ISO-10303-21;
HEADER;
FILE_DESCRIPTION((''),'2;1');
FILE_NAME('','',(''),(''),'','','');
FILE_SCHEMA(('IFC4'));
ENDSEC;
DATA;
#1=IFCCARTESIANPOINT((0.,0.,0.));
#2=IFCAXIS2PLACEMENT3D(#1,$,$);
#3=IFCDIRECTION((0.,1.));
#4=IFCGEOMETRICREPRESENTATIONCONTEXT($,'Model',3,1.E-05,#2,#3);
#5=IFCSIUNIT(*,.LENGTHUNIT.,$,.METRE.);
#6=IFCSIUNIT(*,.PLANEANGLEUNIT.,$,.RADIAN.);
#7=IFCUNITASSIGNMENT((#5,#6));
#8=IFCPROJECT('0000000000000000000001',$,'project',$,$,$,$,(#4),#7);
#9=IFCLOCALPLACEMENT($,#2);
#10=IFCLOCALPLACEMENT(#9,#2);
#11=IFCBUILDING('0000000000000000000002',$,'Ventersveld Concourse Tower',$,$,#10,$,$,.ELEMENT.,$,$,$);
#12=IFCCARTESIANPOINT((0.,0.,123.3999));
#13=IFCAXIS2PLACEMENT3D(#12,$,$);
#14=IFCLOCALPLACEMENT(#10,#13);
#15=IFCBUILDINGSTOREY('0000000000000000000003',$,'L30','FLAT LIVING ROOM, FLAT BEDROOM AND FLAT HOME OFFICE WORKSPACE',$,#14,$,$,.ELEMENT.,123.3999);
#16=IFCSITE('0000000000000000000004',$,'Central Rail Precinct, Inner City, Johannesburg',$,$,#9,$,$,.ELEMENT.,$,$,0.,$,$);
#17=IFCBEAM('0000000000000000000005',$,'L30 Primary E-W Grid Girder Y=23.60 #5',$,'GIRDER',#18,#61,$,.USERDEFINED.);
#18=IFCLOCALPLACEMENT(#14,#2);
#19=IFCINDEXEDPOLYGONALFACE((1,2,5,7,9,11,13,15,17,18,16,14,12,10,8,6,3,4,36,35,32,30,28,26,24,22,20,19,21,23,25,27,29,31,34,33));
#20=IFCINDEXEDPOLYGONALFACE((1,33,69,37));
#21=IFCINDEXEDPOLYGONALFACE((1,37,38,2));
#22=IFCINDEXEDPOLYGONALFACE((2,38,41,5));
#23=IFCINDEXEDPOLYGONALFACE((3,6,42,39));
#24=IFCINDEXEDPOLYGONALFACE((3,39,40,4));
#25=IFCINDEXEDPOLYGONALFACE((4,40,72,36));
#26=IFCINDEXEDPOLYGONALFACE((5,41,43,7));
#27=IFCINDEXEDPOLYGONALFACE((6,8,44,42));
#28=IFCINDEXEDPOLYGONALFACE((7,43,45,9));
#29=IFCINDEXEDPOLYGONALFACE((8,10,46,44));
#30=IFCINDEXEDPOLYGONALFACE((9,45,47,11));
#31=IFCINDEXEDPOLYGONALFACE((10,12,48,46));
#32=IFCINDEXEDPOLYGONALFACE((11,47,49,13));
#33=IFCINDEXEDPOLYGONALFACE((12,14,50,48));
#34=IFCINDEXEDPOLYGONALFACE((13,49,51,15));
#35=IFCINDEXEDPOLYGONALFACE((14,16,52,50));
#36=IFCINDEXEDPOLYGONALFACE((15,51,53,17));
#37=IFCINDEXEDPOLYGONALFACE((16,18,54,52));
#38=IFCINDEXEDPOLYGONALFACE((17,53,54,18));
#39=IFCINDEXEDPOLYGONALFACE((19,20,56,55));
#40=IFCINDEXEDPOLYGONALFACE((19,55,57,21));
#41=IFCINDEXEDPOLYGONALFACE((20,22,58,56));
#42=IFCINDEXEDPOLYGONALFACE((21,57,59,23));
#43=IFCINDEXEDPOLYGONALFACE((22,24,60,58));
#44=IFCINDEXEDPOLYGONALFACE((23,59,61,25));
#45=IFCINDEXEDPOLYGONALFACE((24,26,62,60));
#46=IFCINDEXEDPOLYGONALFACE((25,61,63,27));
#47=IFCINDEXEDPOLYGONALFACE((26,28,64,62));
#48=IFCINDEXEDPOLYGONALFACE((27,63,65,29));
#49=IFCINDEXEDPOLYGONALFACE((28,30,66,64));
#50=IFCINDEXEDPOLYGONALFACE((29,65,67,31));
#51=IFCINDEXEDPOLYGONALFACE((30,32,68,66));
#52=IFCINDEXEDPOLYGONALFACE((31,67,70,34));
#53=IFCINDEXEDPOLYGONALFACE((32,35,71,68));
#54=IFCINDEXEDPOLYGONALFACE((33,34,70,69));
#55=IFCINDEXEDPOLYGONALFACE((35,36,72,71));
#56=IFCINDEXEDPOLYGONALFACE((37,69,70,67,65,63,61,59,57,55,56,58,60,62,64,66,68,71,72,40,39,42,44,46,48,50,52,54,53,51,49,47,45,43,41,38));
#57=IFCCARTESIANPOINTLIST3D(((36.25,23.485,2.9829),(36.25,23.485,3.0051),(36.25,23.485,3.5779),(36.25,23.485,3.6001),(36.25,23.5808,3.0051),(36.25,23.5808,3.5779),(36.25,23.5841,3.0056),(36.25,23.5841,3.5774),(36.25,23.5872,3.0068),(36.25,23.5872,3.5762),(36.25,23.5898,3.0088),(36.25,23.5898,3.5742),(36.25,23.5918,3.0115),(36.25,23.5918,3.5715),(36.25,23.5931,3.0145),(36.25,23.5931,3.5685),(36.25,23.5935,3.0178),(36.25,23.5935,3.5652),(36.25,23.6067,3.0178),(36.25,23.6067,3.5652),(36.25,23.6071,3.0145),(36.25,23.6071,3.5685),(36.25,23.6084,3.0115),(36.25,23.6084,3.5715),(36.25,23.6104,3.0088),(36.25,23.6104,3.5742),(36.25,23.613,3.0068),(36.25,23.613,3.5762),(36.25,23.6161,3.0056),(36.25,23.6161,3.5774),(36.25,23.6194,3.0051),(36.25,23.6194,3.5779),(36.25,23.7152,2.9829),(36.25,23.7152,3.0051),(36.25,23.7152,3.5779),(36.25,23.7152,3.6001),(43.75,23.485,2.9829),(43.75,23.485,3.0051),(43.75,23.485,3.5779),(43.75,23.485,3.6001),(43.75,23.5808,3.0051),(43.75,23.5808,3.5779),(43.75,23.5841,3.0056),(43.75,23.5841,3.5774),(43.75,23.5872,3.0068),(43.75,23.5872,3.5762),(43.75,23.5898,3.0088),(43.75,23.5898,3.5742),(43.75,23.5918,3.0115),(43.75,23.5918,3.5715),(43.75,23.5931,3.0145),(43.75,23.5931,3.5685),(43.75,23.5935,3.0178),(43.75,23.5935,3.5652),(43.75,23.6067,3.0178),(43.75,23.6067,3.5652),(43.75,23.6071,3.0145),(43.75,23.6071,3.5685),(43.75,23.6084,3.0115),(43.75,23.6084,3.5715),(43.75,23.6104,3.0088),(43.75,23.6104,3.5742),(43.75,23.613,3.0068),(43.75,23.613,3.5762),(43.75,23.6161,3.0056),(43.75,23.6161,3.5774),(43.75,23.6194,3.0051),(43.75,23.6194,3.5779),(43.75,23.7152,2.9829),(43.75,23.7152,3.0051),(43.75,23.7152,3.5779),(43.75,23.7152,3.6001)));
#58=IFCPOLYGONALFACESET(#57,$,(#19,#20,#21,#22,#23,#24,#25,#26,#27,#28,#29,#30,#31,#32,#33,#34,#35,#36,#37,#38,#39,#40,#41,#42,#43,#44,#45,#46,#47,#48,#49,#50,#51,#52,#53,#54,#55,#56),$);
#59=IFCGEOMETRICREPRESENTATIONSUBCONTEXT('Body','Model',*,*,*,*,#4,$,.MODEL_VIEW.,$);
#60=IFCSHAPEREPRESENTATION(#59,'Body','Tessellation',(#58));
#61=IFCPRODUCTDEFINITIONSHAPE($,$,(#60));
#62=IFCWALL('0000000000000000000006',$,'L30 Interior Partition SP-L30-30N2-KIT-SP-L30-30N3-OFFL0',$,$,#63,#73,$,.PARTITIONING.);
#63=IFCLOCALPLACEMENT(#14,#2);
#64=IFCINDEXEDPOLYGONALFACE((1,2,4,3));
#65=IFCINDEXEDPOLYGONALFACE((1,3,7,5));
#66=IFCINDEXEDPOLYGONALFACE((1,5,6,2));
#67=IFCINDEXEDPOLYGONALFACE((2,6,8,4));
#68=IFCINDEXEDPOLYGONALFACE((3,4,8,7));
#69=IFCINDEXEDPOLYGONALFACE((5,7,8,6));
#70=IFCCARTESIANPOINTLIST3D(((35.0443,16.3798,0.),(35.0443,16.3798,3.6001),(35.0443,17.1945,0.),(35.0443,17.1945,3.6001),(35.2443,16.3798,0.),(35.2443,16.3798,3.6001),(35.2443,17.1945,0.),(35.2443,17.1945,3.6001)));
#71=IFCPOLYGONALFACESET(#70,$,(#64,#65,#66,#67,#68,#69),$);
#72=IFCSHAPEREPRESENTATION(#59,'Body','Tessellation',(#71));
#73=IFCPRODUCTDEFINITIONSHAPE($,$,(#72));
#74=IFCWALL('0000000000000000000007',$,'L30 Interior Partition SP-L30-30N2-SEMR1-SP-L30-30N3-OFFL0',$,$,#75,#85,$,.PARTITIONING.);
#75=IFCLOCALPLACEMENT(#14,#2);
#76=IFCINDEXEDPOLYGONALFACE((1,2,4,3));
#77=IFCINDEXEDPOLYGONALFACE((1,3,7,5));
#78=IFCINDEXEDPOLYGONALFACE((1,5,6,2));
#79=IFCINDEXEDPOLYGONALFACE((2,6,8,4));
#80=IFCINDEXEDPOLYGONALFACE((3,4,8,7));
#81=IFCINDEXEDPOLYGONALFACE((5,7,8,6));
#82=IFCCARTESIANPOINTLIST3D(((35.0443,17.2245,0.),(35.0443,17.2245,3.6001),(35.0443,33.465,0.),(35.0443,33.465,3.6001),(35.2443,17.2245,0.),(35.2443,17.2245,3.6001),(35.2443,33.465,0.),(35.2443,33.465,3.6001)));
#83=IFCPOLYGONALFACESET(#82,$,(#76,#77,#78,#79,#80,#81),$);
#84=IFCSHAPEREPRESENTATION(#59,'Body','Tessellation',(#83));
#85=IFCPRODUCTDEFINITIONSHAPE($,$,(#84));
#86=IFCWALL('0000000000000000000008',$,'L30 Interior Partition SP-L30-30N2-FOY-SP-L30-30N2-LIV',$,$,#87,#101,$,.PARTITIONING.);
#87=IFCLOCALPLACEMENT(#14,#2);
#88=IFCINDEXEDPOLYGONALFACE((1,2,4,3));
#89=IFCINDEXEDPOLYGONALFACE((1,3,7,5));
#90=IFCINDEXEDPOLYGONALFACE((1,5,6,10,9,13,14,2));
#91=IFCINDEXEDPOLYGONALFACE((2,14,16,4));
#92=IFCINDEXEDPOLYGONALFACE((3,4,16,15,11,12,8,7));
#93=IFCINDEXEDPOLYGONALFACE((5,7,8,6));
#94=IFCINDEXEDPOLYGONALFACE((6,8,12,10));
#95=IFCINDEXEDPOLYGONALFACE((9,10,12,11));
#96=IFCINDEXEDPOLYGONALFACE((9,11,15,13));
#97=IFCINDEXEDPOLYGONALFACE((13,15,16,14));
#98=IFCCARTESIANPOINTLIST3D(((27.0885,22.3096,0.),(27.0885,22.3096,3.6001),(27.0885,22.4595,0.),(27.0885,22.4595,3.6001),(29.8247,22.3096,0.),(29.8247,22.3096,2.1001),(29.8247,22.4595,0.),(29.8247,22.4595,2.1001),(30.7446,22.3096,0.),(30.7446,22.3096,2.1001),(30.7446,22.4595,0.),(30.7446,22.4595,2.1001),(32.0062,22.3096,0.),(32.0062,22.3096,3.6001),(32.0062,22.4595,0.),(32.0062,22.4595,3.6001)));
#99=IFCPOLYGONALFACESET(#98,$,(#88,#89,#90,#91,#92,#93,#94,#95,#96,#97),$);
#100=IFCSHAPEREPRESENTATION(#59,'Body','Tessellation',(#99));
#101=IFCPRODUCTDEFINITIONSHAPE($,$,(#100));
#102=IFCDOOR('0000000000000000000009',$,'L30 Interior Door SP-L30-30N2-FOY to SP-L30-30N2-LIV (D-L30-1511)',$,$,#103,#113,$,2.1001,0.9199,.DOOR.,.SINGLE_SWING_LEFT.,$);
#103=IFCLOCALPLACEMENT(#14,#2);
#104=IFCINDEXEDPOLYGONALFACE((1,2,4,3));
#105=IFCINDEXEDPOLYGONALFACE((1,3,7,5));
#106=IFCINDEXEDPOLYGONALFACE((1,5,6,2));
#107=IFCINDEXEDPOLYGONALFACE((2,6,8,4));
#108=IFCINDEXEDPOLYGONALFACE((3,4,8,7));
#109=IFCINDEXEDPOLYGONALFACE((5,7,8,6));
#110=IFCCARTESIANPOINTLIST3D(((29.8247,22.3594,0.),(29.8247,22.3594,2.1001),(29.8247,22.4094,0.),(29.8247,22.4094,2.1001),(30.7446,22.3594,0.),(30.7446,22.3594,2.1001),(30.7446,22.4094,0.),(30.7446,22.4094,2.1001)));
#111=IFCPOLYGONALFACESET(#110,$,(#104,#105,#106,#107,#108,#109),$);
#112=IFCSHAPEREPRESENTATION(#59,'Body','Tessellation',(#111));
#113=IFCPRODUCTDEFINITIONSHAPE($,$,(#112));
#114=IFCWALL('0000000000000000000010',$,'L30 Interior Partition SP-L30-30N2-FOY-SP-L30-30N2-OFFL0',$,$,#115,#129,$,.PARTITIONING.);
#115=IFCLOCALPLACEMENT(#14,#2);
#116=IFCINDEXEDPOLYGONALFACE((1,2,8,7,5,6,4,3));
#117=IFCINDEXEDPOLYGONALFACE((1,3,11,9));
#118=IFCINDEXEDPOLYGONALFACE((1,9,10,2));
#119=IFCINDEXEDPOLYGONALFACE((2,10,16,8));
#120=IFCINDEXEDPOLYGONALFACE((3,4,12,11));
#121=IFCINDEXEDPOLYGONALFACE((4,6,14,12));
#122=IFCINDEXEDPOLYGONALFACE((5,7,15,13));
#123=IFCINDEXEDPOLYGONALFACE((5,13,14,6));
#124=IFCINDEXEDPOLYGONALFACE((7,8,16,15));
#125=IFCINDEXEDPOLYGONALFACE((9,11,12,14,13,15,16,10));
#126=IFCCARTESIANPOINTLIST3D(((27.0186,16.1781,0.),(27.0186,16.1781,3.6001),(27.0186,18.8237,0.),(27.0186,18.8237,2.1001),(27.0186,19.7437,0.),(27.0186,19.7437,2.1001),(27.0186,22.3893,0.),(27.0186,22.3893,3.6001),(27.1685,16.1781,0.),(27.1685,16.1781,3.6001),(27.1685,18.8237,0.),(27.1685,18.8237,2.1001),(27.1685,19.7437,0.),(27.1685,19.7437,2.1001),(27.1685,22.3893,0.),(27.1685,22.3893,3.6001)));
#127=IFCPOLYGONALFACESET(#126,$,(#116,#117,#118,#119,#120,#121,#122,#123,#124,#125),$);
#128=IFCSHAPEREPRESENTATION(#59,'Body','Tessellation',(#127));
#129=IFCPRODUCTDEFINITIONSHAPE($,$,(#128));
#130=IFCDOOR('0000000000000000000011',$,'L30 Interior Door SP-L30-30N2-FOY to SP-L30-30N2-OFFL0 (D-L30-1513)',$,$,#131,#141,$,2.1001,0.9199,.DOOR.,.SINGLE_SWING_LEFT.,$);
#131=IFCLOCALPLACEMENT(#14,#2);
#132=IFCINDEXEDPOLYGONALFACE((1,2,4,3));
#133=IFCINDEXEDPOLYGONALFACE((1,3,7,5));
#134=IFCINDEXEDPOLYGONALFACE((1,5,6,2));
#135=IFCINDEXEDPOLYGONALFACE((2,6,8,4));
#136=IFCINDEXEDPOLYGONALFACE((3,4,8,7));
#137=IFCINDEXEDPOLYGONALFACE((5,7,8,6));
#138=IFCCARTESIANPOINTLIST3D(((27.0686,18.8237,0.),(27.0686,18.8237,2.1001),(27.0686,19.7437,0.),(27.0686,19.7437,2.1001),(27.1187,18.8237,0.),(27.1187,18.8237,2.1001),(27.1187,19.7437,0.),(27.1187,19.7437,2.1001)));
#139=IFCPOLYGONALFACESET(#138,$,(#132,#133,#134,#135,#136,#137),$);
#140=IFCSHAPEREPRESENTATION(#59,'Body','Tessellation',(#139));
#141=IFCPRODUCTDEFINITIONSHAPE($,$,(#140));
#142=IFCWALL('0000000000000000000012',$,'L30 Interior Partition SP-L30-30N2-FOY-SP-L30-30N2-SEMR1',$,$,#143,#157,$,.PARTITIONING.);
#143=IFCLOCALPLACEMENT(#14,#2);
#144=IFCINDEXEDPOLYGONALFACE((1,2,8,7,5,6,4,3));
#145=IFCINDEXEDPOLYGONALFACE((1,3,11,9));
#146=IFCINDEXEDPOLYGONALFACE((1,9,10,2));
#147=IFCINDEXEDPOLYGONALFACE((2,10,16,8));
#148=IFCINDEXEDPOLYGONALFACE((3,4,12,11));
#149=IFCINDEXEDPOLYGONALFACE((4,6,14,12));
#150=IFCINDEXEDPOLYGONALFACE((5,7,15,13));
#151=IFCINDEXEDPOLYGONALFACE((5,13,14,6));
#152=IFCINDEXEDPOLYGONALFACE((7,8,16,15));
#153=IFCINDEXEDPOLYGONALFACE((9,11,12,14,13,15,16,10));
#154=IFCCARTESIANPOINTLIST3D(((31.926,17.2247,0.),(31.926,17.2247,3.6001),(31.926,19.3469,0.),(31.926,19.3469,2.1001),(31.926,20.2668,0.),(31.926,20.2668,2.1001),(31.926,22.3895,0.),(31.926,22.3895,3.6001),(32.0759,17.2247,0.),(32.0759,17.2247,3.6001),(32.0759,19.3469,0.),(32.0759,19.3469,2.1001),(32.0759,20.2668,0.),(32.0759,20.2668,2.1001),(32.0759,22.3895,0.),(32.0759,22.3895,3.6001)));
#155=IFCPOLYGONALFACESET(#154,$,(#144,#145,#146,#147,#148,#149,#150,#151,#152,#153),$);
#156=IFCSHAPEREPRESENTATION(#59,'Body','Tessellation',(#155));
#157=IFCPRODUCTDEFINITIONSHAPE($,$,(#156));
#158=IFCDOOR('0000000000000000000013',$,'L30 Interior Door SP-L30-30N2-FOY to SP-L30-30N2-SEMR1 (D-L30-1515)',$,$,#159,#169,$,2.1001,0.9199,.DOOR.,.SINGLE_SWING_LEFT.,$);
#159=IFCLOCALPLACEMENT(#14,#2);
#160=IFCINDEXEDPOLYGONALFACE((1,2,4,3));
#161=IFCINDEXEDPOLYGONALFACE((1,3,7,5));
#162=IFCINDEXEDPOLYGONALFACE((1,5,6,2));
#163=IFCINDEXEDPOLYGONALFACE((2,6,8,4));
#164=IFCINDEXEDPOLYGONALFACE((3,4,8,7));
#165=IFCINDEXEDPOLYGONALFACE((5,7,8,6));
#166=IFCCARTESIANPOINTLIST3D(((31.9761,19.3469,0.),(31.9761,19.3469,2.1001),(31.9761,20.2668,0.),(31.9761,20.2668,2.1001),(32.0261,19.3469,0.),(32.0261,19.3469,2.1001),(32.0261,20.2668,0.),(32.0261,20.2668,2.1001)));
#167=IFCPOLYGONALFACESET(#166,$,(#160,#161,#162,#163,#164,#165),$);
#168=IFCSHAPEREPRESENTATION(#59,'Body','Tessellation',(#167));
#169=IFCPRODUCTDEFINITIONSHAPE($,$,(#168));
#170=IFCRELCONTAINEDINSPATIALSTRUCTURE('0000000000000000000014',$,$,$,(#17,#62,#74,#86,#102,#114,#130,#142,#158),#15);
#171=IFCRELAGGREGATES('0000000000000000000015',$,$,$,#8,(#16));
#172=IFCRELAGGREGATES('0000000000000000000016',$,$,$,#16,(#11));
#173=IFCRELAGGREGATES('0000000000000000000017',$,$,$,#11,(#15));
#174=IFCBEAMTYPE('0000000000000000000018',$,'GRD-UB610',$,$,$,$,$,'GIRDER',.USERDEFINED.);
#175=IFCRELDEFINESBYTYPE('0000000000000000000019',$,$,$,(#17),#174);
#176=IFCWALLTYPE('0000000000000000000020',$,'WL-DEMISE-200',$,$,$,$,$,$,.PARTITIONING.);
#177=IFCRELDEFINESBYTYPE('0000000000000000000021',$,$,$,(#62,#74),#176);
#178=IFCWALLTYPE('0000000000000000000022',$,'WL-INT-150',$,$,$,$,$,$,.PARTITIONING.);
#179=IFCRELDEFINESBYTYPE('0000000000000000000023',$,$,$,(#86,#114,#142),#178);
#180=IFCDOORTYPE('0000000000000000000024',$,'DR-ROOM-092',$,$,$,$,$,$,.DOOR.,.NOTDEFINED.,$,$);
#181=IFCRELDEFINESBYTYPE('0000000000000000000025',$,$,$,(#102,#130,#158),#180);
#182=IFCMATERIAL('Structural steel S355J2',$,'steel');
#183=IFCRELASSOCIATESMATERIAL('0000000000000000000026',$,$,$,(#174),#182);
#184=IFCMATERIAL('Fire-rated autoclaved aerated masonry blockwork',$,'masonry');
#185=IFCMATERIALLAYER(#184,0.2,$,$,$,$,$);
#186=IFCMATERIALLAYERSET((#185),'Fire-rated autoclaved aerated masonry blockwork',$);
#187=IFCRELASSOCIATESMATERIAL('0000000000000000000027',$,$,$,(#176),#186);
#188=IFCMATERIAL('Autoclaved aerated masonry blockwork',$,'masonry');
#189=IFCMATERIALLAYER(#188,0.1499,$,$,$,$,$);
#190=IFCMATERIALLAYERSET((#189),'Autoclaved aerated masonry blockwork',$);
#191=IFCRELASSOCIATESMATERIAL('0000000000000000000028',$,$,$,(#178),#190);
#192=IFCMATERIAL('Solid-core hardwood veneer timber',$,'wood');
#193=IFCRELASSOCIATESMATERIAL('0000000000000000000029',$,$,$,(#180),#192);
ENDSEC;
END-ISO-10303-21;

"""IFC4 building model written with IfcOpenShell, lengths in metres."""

from ifc_helpers import new_model, si_unit, direction, frame, frame_2d, origin, origin_2d, place, context, subcontext, project, spatial, rectangle, i_section, extrude, material, layer, layer_set, material_profile, profile_set, type_object, element, fill, save


model = new_model("IFC4")

# Units and contexts
model_context = context("Model", 3, precision=1e-05, world=origin(), true_north=direction((0.0, 1.0)))
body_context = subcontext(model_context, "Body", "Model", "MODEL_VIEW")
ifc_project = project(units=[si_unit("LENGTHUNIT", "METRE"), si_unit("PLANEANGLEUNIT", "RADIAN")], contexts=[model_context])

# Site, building, storey
site_placement = place(None, origin())
site = spatial("IfcSite", under=ifc_project, at=site_placement, Name="Central Rail Precinct, Inner City, Johannesburg", CompositionType="ELEMENT", RefElevation=0.0)
building_placement = place(site_placement, origin())
building = spatial("IfcBuilding", under=site, at=building_placement, Name="Ventersveld Concourse Tower", CompositionType="ELEMENT")
storey_placement = place(building_placement, frame((0.0, 0.0, 123.3999)))
storey = spatial("IfcBuildingStorey", under=building, at=storey_placement, Name="L30", Description="FLAT LIVING ROOM, FLAT BEDROOM AND FLAT HOME OFFICE WORKSPACE", CompositionType="ELEMENT", Elevation=123.3999)

# Beam
ifc_material_1 = material(Name="Structural steel S355J2", Category="steel")
ifc_material_profile_1 = material_profile(ifc_material_1, i_section(OverallWidth=0.2302, OverallDepth=0.6172, WebThickness=0.0132, FlangeThickness=0.0222, FilletRadius=0.0127, at=origin_2d()), Name="UB 610x229x140")
ifc_profile_set_1 = profile_set([ifc_material_profile_1], Name="Structural steel S355J2")
beam_type_1 = type_object("IfcBeamType", Name="GRD-UB610", ElementType="GIRDER", PredefinedType="USERDEFINED", material=ifc_profile_set_1)
for number, where, z_axis, x_axis, name in (
    (1, (36.25, 23.6001, 3.2915), (1.0, 0.0, 0.0), (0.0, 1.0, 0.0), "L30 Primary E-W Grid Girder Y=23.60 #5"),
):
    element("IfcBeam", number, at=place(storey_placement, frame(where, z_axis=z_axis, x_axis=x_axis)), inside=storey, type_object=beam_type_1, Name=name, ObjectType="GIRDER", PredefinedType="USERDEFINED", context=body_context, shape_type="SweptSolid", body=[
        extrude(i_section(OverallWidth=0.2302, OverallDepth=0.6172, WebThickness=0.0132, FlangeThickness=0.0222, FilletRadius=0.0127, at=origin_2d()), origin(), (0.0, 0.0, 1.0), 7.5),
    ])

# Shared definitions
ifc_material_2 = material(Name="Fire-rated autoclaved aerated masonry blockwork", Category="masonry")
ifc_material_3 = material(Name="Solid-core hardwood veneer timber", Category="wood")

# Walls
ifc_layer_1 = layer(ifc_material_2, 0.2)
ifc_layer_set_1 = layer_set([ifc_layer_1], Name="Fire-rated autoclaved aerated masonry blockwork")
wall_type_1 = type_object("IfcWallType", Name="WL-DEMISE-200", PredefinedType="PARTITIONING", material=ifc_layer_set_1)
wall_1_placement = place(storey_placement, frame((35.1443, 16.3799, 0.0), z_axis=(0.0, 0.0, 1.0), x_axis=(0.0, 1.0, 0.0)))
element("IfcWall", 2, at=wall_1_placement, inside=storey, type_object=wall_type_1, Name="L30 Interior Partition SP-L30-30N2-KIT-SP-L30-30N3-OFFL0", PredefinedType="PARTITIONING", context=body_context, shape_type="SweptSolid", body=[
    extrude(rectangle(XDim=0.8147, YDim=0.2, at=frame_2d((0.4072, 0.0))), origin(), (0.0, 0.0, 1.0), 3.6001),
])
wall_2_placement = place(storey_placement, frame((35.1443, 17.2246, 0.0), z_axis=(0.0, 0.0, 1.0), x_axis=(0.0, 1.0, 0.0)))
element("IfcWall", 3, at=wall_2_placement, inside=storey, type_object=wall_type_1, Name="L30 Interior Partition SP-L30-30N2-SEMR1-SP-L30-30N3-OFFL0", PredefinedType="PARTITIONING", context=body_context, shape_type="SweptSolid", body=[
    extrude(rectangle(XDim=16.2405, YDim=0.2, at=frame_2d((8.1201, 0.0))), origin(), (0.0, 0.0, 1.0), 3.6001),
])

# Walls, openings, doors
ifc_material_4 = material(Name="Autoclaved aerated masonry blockwork", Category="masonry")
ifc_layer_2 = layer(ifc_material_4, 0.1499)
ifc_layer_set_2 = layer_set([ifc_layer_2], Name="Autoclaved aerated masonry blockwork")
wall_type_2 = type_object("IfcWallType", Name="WL-INT-150", PredefinedType="PARTITIONING", material=ifc_layer_set_2)
wall_3_placement = place(storey_placement, frame((27.0884, 22.3845, 0.0), z_axis=(0.0, 0.0, 1.0), x_axis=(1.0, 0.0, 0.0)))
wall_3 = element("IfcWall", 4, at=wall_3_placement, inside=storey, type_object=wall_type_2, Name="L30 Interior Partition SP-L30-30N2-FOY-SP-L30-30N2-LIV", PredefinedType="PARTITIONING", context=body_context, shape_type="SweptSolid", body=[
    extrude(rectangle(XDim=4.9177, YDim=0.1499, at=frame_2d((2.459, 0.0))), origin(), (0.0, 0.0, 1.0), 3.6001),
])
opening_1_placement = place(wall_3_placement, frame((2.7363, 0.0, 0.0)))
opening_1 = element("IfcOpeningElement", 5, at=opening_1_placement, cuts=wall_3, PredefinedType="OPENING", context=body_context, shape_type="SweptSolid", body=[
    extrude(rectangle(XDim=0.9199, YDim=2.1001, at=frame_2d((0.46, 1.05))), frame((0.0, 0.085, 0.0), z_axis=(0.0, -1.0, 0.0), x_axis=(1.0, 0.0, 0.0)), (0.0, 0.0, 1.0), 0.1699),
])
door_type_1 = type_object("IfcDoorType", Name="DR-ROOM-092", OperationType="NOTDEFINED", PredefinedType="DOOR", material=ifc_material_3)
door_1_placement = place(opening_1_placement, origin())
door_1 = element("IfcDoor", 6, at=door_1_placement, inside=storey, type_object=door_type_1, Name="L30 Interior Door SP-L30-30N2-FOY to SP-L30-30N2-LIV (D-L30-1511)", OperationType="SINGLE_SWING_LEFT", OverallHeight=2.1001, OverallWidth=0.9199, PredefinedType="DOOR", context=body_context, shape_type="SweptSolid", body=[
    extrude(rectangle(XDim=0.9199, YDim=2.1001, at=frame_2d((0.46, 1.05))), frame((0.0, 0.0249, 0.0), z_axis=(0.0, -1.0, 0.0), x_axis=(1.0, 0.0, 0.0)), (0.0, 0.0, 1.0), 0.05),
])
fill(opening_1, door_1)
wall_4_placement = place(storey_placement, frame((27.0935, 16.1782, 0.0), z_axis=(0.0, 0.0, 1.0), x_axis=(0.0, 1.0, 0.0)))
wall_4 = element("IfcWall", 7, at=wall_4_placement, inside=storey, type_object=wall_type_2, Name="L30 Interior Partition SP-L30-30N2-FOY-SP-L30-30N2-OFFL0", PredefinedType="PARTITIONING", context=body_context, shape_type="SweptSolid", body=[
    extrude(rectangle(XDim=6.2112, YDim=0.1499, at=frame_2d((3.1055, 0.0))), origin(), (0.0, 0.0, 1.0), 3.6001),
])
opening_2_placement = place(wall_4_placement, frame((2.6455, 0.0, 0.0)))
opening_2 = element("IfcOpeningElement", 8, at=opening_2_placement, cuts=wall_4, PredefinedType="OPENING", context=body_context, shape_type="SweptSolid", body=[
    extrude(rectangle(XDim=0.9199, YDim=2.1001, at=frame_2d((0.46, 1.05))), frame((0.0, 0.085, 0.0), z_axis=(0.0, -1.0, 0.0), x_axis=(1.0, 0.0, 0.0)), (0.0, 0.0, 1.0), 0.1699),
])
door_2_placement = place(opening_2_placement, origin())
door_2 = element("IfcDoor", 9, at=door_2_placement, inside=storey, type_object=door_type_1, Name="L30 Interior Door SP-L30-30N2-FOY to SP-L30-30N2-OFFL0 (D-L30-1513)", OperationType="SINGLE_SWING_LEFT", OverallHeight=2.1001, OverallWidth=0.9199, PredefinedType="DOOR", context=body_context, shape_type="SweptSolid", body=[
    extrude(rectangle(XDim=0.9199, YDim=2.1001, at=frame_2d((0.46, 1.05))), frame((0.0, 0.0249, 0.0), z_axis=(0.0, -1.0, 0.0), x_axis=(1.0, 0.0, 0.0)), (0.0, 0.0, 1.0), 0.05),
])
fill(opening_2, door_2)
wall_5_placement = place(storey_placement, frame((32.001, 17.2246, 0.0), z_axis=(0.0, 0.0, 1.0), x_axis=(0.0, 1.0, 0.0)))
wall_5 = element("IfcWall", 10, at=wall_5_placement, inside=storey, type_object=wall_type_2, Name="L30 Interior Partition SP-L30-30N2-FOY-SP-L30-30N2-SEMR1", PredefinedType="PARTITIONING", context=body_context, shape_type="SweptSolid", body=[
    extrude(rectangle(XDim=5.1648, YDim=0.1499, at=frame_2d((2.5825, 0.0))), origin(), (0.0, 0.0, 1.0), 3.6001),
])
opening_3_placement = place(wall_5_placement, frame((2.1223, 0.0, 0.0)))
opening_3 = element("IfcOpeningElement", 11, at=opening_3_placement, cuts=wall_5, PredefinedType="OPENING", context=body_context, shape_type="SweptSolid", body=[
    extrude(rectangle(XDim=0.9199, YDim=2.1001, at=frame_2d((0.46, 1.05))), frame((0.0, 0.085, 0.0), z_axis=(0.0, -1.0, 0.0), x_axis=(1.0, 0.0, 0.0)), (0.0, 0.0, 1.0), 0.1699),
])
door_3_placement = place(opening_3_placement, origin())
door_3 = element("IfcDoor", 12, at=door_3_placement, inside=storey, type_object=door_type_1, Name="L30 Interior Door SP-L30-30N2-FOY to SP-L30-30N2-SEMR1 (D-L30-1515)", OperationType="SINGLE_SWING_LEFT", OverallHeight=2.1001, OverallWidth=0.9199, PredefinedType="DOOR", context=body_context, shape_type="SweptSolid", body=[
    extrude(rectangle(XDim=0.9199, YDim=2.1001, at=frame_2d((0.46, 1.05))), frame((0.0, 0.0249, 0.0), z_axis=(0.0, -1.0, 0.0), x_axis=(1.0, 0.0, 0.0)), (0.0, 0.0, 1.0), 0.05),
])
fill(opening_3, door_3)

save(model, "model.ifc")
